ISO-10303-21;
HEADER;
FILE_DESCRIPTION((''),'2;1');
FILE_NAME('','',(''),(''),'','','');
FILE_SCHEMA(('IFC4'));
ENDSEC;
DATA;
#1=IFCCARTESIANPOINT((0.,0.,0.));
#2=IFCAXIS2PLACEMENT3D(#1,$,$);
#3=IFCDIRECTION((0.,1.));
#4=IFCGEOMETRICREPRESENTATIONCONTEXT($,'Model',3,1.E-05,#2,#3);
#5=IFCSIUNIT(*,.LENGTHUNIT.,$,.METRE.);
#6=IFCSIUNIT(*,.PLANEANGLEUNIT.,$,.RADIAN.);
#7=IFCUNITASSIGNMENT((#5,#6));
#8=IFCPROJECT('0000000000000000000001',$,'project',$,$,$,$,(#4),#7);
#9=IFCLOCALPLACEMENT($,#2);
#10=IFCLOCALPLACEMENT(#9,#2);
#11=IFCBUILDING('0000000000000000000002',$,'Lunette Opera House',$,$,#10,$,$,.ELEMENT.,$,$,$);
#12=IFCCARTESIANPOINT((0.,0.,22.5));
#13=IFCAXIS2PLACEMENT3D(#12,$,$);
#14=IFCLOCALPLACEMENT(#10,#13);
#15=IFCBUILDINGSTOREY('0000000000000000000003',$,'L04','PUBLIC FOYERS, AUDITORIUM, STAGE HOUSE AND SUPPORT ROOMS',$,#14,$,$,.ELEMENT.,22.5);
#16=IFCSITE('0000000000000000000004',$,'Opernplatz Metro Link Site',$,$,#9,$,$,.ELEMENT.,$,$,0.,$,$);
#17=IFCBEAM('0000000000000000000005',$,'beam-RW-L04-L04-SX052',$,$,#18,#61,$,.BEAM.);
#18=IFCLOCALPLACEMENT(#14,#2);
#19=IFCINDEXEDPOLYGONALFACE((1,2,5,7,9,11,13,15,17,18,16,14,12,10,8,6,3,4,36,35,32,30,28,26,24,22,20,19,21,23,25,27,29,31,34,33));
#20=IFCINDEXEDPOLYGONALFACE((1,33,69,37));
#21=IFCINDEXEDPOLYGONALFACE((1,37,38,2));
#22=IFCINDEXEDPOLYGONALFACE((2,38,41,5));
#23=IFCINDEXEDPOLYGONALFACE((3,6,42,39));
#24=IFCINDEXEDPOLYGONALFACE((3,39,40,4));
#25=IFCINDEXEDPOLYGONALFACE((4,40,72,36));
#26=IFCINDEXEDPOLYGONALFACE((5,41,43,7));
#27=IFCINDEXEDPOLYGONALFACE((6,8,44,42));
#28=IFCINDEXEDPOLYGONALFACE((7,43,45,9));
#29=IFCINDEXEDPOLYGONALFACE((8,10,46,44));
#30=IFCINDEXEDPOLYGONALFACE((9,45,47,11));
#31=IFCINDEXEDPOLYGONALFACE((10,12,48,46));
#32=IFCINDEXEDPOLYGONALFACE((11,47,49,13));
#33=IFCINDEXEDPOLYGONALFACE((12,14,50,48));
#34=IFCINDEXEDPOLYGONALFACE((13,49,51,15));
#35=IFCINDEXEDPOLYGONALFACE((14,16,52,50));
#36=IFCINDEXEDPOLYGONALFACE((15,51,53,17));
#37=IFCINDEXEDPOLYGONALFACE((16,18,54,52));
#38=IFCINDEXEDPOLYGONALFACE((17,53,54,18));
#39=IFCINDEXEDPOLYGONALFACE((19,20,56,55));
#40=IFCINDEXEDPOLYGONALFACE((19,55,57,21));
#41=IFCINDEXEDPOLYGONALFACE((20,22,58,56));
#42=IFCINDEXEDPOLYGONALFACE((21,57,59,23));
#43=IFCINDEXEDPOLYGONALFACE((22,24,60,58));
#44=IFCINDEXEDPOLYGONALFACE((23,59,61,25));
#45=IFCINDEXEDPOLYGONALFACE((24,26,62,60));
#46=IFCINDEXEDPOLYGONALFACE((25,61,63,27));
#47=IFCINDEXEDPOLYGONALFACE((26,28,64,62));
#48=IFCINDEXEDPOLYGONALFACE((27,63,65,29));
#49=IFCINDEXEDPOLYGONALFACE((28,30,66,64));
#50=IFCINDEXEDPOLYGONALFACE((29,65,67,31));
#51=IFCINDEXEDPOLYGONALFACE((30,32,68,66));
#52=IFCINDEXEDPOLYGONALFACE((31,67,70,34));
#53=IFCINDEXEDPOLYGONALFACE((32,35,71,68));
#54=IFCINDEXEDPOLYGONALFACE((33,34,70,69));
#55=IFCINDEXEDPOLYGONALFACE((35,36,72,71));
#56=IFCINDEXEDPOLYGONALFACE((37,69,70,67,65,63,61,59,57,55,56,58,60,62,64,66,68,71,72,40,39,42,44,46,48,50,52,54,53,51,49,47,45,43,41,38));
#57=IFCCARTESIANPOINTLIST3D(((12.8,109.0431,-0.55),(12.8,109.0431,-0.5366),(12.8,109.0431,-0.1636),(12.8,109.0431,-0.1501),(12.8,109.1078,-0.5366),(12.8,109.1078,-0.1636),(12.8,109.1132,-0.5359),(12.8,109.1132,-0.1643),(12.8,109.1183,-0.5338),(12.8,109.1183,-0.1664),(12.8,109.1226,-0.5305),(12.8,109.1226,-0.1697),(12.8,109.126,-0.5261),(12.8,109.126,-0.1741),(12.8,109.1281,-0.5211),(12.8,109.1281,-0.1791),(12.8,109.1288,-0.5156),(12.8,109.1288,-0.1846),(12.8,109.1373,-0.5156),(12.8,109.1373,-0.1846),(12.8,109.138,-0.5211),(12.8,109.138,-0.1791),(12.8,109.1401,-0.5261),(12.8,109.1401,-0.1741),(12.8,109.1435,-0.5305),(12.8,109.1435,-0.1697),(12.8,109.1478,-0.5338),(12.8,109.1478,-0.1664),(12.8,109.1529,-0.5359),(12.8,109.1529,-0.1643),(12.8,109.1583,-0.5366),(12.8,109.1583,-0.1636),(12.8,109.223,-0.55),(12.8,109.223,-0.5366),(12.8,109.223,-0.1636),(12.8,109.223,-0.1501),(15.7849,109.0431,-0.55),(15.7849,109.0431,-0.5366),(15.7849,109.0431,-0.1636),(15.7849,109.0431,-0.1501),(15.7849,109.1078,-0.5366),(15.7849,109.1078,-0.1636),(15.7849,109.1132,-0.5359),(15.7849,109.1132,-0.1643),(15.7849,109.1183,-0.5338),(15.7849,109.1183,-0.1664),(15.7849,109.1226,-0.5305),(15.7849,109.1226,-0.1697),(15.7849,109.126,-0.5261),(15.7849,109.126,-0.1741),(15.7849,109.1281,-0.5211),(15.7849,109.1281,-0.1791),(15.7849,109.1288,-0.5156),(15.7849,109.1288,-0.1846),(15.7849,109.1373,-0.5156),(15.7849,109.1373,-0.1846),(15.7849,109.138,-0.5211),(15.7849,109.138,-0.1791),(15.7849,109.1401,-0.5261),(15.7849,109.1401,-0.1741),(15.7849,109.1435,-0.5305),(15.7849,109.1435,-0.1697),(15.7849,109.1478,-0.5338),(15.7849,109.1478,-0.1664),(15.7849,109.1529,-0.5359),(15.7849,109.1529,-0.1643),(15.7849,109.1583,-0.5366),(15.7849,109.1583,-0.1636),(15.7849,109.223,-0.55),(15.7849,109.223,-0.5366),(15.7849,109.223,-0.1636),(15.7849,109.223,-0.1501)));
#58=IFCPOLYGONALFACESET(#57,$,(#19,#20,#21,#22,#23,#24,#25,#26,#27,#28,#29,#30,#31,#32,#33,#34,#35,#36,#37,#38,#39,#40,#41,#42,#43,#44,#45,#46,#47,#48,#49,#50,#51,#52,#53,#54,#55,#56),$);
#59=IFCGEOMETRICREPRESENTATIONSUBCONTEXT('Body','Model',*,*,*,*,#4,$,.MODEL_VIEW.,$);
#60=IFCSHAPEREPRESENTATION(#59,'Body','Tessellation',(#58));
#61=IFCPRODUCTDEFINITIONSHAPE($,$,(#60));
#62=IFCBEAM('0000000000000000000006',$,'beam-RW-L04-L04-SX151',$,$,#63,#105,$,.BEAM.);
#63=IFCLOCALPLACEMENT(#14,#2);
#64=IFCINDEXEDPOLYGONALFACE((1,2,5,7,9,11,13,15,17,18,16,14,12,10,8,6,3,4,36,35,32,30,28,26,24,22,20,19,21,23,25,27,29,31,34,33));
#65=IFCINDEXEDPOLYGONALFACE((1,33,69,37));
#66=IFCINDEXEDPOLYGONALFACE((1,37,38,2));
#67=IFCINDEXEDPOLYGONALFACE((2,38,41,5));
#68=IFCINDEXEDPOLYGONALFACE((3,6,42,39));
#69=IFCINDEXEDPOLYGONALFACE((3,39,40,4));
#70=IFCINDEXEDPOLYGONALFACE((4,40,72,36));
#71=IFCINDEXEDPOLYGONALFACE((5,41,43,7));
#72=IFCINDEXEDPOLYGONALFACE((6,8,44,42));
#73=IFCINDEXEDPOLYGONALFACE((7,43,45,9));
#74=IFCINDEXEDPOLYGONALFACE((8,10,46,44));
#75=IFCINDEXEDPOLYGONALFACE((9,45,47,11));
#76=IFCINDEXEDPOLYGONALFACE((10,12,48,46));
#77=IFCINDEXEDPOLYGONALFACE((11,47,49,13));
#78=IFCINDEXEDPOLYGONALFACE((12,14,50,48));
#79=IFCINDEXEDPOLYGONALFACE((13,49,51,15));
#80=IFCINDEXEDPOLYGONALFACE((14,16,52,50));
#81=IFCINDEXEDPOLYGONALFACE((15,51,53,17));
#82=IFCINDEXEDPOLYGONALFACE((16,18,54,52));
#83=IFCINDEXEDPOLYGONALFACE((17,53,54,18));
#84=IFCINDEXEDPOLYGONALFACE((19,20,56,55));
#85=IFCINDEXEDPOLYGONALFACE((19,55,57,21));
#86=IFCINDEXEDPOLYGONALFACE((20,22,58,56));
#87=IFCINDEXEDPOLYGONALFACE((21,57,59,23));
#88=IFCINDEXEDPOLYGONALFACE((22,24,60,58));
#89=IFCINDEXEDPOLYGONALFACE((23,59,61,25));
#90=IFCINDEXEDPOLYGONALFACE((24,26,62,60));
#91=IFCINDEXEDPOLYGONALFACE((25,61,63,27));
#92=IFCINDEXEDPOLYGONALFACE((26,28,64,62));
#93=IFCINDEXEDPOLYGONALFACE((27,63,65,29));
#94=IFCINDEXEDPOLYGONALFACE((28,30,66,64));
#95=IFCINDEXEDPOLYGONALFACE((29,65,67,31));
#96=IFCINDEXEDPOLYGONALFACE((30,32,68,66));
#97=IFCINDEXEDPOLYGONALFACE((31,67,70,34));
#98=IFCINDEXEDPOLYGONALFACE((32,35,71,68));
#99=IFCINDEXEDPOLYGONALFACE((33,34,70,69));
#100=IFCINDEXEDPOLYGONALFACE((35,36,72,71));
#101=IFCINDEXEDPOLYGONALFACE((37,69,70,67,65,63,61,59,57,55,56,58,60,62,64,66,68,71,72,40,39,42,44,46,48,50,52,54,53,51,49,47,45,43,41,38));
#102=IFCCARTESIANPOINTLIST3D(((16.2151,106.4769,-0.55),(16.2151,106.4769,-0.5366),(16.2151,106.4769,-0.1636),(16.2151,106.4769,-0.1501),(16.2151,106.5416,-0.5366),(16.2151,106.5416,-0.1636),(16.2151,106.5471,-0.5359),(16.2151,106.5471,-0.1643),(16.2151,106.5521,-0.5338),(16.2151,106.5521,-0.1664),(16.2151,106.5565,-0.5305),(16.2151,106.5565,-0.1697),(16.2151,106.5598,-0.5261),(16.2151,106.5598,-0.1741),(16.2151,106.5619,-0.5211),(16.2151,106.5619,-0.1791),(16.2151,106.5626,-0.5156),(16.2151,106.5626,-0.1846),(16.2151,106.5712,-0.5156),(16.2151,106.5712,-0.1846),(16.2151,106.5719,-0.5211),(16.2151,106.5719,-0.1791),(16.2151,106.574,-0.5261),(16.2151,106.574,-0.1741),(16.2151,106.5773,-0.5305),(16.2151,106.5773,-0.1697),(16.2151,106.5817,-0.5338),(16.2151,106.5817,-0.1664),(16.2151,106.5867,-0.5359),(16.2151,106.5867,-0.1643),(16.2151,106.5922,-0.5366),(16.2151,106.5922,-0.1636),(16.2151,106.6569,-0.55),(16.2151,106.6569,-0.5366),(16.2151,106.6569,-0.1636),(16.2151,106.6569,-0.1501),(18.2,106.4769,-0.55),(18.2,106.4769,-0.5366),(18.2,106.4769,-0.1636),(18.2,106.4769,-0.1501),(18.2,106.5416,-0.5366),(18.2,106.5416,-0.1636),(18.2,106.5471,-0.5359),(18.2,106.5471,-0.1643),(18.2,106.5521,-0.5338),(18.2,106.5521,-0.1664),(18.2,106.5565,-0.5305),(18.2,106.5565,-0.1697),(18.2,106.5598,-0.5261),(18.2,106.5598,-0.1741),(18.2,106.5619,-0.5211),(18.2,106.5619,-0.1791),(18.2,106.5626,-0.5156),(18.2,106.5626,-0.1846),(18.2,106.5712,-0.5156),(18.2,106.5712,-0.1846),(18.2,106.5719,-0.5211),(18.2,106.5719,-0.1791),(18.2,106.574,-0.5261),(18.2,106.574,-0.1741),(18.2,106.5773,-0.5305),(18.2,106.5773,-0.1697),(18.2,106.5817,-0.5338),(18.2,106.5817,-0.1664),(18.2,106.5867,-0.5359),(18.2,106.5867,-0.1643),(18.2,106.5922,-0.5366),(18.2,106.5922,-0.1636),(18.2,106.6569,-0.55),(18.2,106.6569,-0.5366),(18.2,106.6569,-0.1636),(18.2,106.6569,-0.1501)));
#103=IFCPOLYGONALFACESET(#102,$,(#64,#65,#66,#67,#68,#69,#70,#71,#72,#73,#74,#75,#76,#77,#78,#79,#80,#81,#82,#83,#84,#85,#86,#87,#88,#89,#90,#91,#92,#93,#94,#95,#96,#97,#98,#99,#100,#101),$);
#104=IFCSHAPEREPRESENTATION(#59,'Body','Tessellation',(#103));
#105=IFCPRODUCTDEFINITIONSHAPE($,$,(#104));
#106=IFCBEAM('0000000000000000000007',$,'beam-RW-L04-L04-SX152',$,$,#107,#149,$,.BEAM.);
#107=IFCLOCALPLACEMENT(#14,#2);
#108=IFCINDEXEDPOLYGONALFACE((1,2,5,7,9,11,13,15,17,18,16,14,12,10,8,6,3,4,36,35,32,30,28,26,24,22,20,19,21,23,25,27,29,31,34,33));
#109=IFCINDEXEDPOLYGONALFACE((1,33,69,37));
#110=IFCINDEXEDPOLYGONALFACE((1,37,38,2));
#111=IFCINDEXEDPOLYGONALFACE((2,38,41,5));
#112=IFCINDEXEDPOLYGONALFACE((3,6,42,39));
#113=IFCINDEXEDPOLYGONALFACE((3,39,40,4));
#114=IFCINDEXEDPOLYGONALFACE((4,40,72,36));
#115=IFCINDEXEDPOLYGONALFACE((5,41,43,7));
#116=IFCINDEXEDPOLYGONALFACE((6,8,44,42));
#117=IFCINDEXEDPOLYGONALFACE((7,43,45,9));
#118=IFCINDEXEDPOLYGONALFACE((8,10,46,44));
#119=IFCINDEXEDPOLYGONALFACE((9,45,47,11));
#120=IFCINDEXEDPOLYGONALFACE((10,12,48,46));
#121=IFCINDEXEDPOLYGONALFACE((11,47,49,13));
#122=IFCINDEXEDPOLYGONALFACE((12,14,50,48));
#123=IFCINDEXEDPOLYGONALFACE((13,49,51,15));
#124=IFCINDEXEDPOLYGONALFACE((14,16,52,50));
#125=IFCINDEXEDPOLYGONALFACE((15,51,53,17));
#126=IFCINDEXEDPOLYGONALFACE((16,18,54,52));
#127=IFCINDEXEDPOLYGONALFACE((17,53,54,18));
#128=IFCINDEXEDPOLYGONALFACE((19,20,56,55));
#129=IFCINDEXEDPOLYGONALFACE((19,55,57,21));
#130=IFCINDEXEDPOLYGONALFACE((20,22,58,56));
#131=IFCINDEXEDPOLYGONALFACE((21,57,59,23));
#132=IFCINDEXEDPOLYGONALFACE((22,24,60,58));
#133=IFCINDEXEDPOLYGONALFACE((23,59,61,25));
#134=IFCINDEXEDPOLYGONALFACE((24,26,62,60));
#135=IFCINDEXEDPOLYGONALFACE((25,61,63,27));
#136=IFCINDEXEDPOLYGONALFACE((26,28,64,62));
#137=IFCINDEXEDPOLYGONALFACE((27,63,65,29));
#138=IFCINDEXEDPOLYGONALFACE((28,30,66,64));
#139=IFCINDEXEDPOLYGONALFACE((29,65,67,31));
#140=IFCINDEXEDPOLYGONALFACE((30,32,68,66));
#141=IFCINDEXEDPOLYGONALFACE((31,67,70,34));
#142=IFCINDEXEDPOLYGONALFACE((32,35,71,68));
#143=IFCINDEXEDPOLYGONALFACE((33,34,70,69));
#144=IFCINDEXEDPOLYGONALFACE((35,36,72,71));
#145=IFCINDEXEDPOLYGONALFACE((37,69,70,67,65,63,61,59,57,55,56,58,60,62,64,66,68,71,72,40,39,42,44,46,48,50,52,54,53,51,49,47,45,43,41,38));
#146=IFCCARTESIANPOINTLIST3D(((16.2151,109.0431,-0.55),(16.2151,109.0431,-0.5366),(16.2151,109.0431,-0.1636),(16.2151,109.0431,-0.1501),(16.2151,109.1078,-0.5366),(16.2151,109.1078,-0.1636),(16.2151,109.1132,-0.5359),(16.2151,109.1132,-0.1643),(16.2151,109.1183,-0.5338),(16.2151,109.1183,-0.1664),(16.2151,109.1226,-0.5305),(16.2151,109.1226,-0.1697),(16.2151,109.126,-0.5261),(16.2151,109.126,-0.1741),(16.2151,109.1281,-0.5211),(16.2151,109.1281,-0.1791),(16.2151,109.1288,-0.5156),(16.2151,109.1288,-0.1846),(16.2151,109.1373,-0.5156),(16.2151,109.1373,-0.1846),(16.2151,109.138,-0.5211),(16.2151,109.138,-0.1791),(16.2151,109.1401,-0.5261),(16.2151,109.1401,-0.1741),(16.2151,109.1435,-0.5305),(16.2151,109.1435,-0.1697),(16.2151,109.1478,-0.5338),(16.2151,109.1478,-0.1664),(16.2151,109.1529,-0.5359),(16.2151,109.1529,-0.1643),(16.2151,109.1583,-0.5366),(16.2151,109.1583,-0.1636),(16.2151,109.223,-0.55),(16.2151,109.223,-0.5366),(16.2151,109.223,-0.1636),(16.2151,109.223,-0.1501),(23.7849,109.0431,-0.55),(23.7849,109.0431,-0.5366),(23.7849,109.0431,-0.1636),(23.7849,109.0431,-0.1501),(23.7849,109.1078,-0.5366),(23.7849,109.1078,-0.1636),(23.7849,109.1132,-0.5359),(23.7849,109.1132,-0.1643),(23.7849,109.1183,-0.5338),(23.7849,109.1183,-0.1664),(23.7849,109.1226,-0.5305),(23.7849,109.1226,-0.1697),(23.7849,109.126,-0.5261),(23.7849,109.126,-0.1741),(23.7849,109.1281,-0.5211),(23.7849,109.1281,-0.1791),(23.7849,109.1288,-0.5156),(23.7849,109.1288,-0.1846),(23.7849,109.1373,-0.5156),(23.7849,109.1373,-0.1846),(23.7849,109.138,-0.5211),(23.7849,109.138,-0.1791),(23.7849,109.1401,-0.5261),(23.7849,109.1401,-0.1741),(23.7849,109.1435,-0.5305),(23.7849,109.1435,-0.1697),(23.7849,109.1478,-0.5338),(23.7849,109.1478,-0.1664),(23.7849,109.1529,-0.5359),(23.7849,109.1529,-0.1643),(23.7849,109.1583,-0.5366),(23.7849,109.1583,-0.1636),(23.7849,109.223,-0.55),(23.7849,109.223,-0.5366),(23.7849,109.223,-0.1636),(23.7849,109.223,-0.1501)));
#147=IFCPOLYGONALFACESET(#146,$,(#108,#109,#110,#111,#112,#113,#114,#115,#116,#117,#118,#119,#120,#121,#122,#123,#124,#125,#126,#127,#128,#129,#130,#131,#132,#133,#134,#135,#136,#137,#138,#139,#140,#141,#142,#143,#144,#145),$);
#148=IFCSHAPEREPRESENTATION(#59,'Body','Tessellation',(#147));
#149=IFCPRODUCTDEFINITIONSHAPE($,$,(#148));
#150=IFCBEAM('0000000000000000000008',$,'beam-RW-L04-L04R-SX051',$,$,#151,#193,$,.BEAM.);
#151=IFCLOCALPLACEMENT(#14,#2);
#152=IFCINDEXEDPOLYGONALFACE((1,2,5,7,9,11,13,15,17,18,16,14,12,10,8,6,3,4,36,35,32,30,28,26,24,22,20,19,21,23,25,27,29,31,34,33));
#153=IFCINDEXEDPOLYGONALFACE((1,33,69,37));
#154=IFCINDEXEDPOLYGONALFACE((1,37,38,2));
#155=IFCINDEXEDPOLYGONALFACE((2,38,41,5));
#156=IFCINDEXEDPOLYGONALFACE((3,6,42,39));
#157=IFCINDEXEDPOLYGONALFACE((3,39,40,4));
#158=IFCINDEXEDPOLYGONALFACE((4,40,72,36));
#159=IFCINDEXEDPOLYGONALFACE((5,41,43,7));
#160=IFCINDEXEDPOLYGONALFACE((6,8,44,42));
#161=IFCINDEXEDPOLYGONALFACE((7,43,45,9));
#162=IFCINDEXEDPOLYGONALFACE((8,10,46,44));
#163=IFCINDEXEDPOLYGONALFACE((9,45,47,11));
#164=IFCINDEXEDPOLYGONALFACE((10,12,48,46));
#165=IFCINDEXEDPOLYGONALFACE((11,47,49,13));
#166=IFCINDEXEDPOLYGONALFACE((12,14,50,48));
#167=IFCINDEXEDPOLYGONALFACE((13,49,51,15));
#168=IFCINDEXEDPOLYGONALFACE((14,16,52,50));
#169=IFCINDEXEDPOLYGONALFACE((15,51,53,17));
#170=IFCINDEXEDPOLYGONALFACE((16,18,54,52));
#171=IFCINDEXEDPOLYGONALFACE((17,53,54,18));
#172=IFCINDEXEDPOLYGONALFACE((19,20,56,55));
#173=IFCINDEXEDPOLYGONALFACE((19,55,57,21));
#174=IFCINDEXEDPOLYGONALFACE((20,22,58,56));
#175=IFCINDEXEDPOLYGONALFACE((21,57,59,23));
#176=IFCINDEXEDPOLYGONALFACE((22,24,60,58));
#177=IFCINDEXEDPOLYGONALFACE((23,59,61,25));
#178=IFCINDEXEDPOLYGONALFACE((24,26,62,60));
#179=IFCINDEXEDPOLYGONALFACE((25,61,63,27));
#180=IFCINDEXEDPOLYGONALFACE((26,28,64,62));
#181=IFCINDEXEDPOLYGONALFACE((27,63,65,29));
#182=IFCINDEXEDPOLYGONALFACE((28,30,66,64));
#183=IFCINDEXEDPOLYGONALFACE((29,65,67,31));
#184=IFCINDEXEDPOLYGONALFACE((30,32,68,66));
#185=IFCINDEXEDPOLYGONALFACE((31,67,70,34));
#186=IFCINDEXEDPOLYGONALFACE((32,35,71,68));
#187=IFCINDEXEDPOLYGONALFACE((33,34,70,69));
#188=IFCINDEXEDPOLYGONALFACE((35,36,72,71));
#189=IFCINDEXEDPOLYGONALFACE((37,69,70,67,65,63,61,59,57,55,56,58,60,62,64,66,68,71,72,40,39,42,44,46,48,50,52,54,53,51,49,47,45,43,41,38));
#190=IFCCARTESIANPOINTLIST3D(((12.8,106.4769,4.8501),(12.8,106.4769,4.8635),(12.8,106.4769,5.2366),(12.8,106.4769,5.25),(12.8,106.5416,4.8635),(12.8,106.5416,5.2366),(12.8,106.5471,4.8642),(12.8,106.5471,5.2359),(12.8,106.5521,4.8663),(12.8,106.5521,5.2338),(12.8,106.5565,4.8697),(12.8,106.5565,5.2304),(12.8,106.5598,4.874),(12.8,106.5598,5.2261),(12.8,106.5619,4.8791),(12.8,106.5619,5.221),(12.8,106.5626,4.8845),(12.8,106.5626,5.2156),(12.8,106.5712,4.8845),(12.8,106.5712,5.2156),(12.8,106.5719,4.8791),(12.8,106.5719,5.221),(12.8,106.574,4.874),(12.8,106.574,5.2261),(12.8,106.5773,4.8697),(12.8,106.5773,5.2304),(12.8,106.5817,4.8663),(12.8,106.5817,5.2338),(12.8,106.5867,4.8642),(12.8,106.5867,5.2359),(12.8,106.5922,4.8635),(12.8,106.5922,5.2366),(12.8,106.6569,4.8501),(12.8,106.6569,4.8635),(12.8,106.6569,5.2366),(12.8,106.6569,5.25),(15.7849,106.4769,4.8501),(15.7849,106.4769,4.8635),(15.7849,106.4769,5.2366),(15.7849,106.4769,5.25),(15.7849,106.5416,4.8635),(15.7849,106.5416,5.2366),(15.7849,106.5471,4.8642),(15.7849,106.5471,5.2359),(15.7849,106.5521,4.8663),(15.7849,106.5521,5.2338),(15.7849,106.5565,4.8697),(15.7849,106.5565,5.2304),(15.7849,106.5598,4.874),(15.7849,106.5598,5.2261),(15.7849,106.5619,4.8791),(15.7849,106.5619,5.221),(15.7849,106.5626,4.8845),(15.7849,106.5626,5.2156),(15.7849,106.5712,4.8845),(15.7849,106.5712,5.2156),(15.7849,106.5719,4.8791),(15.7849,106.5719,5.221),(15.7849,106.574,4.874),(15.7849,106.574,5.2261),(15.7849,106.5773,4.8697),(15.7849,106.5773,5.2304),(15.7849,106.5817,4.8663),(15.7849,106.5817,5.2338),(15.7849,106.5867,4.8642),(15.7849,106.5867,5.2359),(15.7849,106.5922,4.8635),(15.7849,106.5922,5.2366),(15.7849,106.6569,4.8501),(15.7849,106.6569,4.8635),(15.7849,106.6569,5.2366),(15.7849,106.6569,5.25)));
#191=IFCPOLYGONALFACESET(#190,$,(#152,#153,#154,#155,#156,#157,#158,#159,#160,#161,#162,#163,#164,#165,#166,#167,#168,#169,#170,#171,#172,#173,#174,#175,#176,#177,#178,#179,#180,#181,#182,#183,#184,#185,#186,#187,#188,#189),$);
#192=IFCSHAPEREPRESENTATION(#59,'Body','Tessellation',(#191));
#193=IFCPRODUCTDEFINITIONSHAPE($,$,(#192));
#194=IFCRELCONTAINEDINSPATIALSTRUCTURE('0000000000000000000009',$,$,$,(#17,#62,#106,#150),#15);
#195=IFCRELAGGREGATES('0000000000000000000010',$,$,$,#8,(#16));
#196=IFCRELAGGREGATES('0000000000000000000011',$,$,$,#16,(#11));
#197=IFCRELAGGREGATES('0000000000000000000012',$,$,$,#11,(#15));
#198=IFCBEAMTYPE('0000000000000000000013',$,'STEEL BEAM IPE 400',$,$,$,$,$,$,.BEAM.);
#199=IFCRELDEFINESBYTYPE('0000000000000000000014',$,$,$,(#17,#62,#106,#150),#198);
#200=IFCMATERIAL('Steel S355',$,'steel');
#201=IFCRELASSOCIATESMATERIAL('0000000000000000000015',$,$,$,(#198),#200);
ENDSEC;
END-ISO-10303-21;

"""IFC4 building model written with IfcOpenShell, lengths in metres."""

from ifc_helpers import new_model, si_unit, direction, frame, origin, origin_2d, place, context, subcontext, project, spatial, i_section, extrude, material, material_profile, profile_set, type_object, element, save


model = new_model("IFC4")

# Units and contexts
model_context = context("Model", 3, precision=1e-05, world=origin(), true_north=direction((0.0, 1.0)))
body_context = subcontext(model_context, "Body", "Model", "MODEL_VIEW")
ifc_project = project(units=[si_unit("LENGTHUNIT", "METRE"), si_unit("PLANEANGLEUNIT", "RADIAN")], contexts=[model_context])

# Site, building, storey
site_placement = place(None, origin())
site = spatial("IfcSite", under=ifc_project, at=site_placement, Name="Opernplatz Metro Link Site", CompositionType="ELEMENT", RefElevation=0.0)
building_placement = place(site_placement, origin())
building = spatial("IfcBuilding", under=site, at=building_placement, Name="Lunette Opera House", CompositionType="ELEMENT")
storey_placement = place(building_placement, frame((0.0, 0.0, 22.5)))
storey = spatial("IfcBuildingStorey", under=building, at=storey_placement, Name="L04", Description="PUBLIC FOYERS, AUDITORIUM, STAGE HOUSE AND SUPPORT ROOMS", CompositionType="ELEMENT", Elevation=22.5)

# Beams
ifc_material_1 = material(Name="Steel S355", Category="steel")
ifc_material_profile_1 = material_profile(ifc_material_1, i_section(OverallWidth=0.1799, OverallDepth=0.3999, WebThickness=0.0085, FlangeThickness=0.0134, FilletRadius=0.021, at=origin_2d()), Name="IPE 400")
ifc_profile_set_1 = profile_set([ifc_material_profile_1], Name="Steel S355")
beam_type_1 = type_object("IfcBeamType", Name="STEEL BEAM IPE 400", PredefinedType="BEAM", material=ifc_profile_set_1)
for number, where, z_axis, x_axis, name in (
    (1, (12.8, 109.1331, -0.3501), (1.0, 0.0, 0.0), (0.0, 1.0, 0.0), "beam-RW-L04-L04-SX052"),
):
    element("IfcBeam", number, at=place(storey_placement, frame(where, z_axis=z_axis, x_axis=x_axis)), inside=storey, type_object=beam_type_1, Name=name, PredefinedType="BEAM", context=body_context, shape_type="SweptSolid", body=[
        extrude(i_section(OverallWidth=0.1799, OverallDepth=0.3999, WebThickness=0.0085, FlangeThickness=0.0134, FilletRadius=0.021, at=origin_2d()), origin(), (0.0, 0.0, 1.0), 2.9849),
    ])
beam_1_placement = place(storey_placement, frame((16.2151, 106.5669, -0.3501), z_axis=(1.0, 0.0, 0.0), x_axis=(0.0, 1.0, 0.0)))
element("IfcBeam", 2, at=beam_1_placement, inside=storey, type_object=beam_type_1, Name="beam-RW-L04-L04-SX151", PredefinedType="BEAM", context=body_context, shape_type="SweptSolid", body=[
    extrude(i_section(OverallWidth=0.1799, OverallDepth=0.3999, WebThickness=0.0085, FlangeThickness=0.0134, FilletRadius=0.021, at=origin_2d()), origin(), (0.0, 0.0, 1.0), 1.9849),
])
beam_2_placement = place(storey_placement, frame((16.2151, 109.1331, -0.3501), z_axis=(1.0, 0.0, 0.0), x_axis=(0.0, 1.0, 0.0)))
element("IfcBeam", 3, at=beam_2_placement, inside=storey, type_object=beam_type_1, Name="beam-RW-L04-L04-SX152", PredefinedType="BEAM", context=body_context, shape_type="SweptSolid", body=[
    extrude(i_section(OverallWidth=0.1799, OverallDepth=0.3999, WebThickness=0.0085, FlangeThickness=0.0134, FilletRadius=0.021, at=origin_2d()), origin(), (0.0, 0.0, 1.0), 7.5698),
])
for number, where, z_axis, x_axis, name in (
    (4, (12.8, 106.5669, 5.05), (1.0, 0.0, 0.0), (0.0, 1.0, 0.0), "beam-RW-L04-L04R-SX051"),
):
    element("IfcBeam", number, at=place(storey_placement, frame(where, z_axis=z_axis, x_axis=x_axis)), inside=storey, type_object=beam_type_1, Name=name, PredefinedType="BEAM", context=body_context, shape_type="SweptSolid", body=[
        extrude(i_section(OverallWidth=0.1799, OverallDepth=0.3999, WebThickness=0.0085, FlangeThickness=0.0134, FilletRadius=0.021, at=origin_2d()), origin(), (0.0, 0.0, 1.0), 2.9849),
    ])

save(model, "model.ifc")
